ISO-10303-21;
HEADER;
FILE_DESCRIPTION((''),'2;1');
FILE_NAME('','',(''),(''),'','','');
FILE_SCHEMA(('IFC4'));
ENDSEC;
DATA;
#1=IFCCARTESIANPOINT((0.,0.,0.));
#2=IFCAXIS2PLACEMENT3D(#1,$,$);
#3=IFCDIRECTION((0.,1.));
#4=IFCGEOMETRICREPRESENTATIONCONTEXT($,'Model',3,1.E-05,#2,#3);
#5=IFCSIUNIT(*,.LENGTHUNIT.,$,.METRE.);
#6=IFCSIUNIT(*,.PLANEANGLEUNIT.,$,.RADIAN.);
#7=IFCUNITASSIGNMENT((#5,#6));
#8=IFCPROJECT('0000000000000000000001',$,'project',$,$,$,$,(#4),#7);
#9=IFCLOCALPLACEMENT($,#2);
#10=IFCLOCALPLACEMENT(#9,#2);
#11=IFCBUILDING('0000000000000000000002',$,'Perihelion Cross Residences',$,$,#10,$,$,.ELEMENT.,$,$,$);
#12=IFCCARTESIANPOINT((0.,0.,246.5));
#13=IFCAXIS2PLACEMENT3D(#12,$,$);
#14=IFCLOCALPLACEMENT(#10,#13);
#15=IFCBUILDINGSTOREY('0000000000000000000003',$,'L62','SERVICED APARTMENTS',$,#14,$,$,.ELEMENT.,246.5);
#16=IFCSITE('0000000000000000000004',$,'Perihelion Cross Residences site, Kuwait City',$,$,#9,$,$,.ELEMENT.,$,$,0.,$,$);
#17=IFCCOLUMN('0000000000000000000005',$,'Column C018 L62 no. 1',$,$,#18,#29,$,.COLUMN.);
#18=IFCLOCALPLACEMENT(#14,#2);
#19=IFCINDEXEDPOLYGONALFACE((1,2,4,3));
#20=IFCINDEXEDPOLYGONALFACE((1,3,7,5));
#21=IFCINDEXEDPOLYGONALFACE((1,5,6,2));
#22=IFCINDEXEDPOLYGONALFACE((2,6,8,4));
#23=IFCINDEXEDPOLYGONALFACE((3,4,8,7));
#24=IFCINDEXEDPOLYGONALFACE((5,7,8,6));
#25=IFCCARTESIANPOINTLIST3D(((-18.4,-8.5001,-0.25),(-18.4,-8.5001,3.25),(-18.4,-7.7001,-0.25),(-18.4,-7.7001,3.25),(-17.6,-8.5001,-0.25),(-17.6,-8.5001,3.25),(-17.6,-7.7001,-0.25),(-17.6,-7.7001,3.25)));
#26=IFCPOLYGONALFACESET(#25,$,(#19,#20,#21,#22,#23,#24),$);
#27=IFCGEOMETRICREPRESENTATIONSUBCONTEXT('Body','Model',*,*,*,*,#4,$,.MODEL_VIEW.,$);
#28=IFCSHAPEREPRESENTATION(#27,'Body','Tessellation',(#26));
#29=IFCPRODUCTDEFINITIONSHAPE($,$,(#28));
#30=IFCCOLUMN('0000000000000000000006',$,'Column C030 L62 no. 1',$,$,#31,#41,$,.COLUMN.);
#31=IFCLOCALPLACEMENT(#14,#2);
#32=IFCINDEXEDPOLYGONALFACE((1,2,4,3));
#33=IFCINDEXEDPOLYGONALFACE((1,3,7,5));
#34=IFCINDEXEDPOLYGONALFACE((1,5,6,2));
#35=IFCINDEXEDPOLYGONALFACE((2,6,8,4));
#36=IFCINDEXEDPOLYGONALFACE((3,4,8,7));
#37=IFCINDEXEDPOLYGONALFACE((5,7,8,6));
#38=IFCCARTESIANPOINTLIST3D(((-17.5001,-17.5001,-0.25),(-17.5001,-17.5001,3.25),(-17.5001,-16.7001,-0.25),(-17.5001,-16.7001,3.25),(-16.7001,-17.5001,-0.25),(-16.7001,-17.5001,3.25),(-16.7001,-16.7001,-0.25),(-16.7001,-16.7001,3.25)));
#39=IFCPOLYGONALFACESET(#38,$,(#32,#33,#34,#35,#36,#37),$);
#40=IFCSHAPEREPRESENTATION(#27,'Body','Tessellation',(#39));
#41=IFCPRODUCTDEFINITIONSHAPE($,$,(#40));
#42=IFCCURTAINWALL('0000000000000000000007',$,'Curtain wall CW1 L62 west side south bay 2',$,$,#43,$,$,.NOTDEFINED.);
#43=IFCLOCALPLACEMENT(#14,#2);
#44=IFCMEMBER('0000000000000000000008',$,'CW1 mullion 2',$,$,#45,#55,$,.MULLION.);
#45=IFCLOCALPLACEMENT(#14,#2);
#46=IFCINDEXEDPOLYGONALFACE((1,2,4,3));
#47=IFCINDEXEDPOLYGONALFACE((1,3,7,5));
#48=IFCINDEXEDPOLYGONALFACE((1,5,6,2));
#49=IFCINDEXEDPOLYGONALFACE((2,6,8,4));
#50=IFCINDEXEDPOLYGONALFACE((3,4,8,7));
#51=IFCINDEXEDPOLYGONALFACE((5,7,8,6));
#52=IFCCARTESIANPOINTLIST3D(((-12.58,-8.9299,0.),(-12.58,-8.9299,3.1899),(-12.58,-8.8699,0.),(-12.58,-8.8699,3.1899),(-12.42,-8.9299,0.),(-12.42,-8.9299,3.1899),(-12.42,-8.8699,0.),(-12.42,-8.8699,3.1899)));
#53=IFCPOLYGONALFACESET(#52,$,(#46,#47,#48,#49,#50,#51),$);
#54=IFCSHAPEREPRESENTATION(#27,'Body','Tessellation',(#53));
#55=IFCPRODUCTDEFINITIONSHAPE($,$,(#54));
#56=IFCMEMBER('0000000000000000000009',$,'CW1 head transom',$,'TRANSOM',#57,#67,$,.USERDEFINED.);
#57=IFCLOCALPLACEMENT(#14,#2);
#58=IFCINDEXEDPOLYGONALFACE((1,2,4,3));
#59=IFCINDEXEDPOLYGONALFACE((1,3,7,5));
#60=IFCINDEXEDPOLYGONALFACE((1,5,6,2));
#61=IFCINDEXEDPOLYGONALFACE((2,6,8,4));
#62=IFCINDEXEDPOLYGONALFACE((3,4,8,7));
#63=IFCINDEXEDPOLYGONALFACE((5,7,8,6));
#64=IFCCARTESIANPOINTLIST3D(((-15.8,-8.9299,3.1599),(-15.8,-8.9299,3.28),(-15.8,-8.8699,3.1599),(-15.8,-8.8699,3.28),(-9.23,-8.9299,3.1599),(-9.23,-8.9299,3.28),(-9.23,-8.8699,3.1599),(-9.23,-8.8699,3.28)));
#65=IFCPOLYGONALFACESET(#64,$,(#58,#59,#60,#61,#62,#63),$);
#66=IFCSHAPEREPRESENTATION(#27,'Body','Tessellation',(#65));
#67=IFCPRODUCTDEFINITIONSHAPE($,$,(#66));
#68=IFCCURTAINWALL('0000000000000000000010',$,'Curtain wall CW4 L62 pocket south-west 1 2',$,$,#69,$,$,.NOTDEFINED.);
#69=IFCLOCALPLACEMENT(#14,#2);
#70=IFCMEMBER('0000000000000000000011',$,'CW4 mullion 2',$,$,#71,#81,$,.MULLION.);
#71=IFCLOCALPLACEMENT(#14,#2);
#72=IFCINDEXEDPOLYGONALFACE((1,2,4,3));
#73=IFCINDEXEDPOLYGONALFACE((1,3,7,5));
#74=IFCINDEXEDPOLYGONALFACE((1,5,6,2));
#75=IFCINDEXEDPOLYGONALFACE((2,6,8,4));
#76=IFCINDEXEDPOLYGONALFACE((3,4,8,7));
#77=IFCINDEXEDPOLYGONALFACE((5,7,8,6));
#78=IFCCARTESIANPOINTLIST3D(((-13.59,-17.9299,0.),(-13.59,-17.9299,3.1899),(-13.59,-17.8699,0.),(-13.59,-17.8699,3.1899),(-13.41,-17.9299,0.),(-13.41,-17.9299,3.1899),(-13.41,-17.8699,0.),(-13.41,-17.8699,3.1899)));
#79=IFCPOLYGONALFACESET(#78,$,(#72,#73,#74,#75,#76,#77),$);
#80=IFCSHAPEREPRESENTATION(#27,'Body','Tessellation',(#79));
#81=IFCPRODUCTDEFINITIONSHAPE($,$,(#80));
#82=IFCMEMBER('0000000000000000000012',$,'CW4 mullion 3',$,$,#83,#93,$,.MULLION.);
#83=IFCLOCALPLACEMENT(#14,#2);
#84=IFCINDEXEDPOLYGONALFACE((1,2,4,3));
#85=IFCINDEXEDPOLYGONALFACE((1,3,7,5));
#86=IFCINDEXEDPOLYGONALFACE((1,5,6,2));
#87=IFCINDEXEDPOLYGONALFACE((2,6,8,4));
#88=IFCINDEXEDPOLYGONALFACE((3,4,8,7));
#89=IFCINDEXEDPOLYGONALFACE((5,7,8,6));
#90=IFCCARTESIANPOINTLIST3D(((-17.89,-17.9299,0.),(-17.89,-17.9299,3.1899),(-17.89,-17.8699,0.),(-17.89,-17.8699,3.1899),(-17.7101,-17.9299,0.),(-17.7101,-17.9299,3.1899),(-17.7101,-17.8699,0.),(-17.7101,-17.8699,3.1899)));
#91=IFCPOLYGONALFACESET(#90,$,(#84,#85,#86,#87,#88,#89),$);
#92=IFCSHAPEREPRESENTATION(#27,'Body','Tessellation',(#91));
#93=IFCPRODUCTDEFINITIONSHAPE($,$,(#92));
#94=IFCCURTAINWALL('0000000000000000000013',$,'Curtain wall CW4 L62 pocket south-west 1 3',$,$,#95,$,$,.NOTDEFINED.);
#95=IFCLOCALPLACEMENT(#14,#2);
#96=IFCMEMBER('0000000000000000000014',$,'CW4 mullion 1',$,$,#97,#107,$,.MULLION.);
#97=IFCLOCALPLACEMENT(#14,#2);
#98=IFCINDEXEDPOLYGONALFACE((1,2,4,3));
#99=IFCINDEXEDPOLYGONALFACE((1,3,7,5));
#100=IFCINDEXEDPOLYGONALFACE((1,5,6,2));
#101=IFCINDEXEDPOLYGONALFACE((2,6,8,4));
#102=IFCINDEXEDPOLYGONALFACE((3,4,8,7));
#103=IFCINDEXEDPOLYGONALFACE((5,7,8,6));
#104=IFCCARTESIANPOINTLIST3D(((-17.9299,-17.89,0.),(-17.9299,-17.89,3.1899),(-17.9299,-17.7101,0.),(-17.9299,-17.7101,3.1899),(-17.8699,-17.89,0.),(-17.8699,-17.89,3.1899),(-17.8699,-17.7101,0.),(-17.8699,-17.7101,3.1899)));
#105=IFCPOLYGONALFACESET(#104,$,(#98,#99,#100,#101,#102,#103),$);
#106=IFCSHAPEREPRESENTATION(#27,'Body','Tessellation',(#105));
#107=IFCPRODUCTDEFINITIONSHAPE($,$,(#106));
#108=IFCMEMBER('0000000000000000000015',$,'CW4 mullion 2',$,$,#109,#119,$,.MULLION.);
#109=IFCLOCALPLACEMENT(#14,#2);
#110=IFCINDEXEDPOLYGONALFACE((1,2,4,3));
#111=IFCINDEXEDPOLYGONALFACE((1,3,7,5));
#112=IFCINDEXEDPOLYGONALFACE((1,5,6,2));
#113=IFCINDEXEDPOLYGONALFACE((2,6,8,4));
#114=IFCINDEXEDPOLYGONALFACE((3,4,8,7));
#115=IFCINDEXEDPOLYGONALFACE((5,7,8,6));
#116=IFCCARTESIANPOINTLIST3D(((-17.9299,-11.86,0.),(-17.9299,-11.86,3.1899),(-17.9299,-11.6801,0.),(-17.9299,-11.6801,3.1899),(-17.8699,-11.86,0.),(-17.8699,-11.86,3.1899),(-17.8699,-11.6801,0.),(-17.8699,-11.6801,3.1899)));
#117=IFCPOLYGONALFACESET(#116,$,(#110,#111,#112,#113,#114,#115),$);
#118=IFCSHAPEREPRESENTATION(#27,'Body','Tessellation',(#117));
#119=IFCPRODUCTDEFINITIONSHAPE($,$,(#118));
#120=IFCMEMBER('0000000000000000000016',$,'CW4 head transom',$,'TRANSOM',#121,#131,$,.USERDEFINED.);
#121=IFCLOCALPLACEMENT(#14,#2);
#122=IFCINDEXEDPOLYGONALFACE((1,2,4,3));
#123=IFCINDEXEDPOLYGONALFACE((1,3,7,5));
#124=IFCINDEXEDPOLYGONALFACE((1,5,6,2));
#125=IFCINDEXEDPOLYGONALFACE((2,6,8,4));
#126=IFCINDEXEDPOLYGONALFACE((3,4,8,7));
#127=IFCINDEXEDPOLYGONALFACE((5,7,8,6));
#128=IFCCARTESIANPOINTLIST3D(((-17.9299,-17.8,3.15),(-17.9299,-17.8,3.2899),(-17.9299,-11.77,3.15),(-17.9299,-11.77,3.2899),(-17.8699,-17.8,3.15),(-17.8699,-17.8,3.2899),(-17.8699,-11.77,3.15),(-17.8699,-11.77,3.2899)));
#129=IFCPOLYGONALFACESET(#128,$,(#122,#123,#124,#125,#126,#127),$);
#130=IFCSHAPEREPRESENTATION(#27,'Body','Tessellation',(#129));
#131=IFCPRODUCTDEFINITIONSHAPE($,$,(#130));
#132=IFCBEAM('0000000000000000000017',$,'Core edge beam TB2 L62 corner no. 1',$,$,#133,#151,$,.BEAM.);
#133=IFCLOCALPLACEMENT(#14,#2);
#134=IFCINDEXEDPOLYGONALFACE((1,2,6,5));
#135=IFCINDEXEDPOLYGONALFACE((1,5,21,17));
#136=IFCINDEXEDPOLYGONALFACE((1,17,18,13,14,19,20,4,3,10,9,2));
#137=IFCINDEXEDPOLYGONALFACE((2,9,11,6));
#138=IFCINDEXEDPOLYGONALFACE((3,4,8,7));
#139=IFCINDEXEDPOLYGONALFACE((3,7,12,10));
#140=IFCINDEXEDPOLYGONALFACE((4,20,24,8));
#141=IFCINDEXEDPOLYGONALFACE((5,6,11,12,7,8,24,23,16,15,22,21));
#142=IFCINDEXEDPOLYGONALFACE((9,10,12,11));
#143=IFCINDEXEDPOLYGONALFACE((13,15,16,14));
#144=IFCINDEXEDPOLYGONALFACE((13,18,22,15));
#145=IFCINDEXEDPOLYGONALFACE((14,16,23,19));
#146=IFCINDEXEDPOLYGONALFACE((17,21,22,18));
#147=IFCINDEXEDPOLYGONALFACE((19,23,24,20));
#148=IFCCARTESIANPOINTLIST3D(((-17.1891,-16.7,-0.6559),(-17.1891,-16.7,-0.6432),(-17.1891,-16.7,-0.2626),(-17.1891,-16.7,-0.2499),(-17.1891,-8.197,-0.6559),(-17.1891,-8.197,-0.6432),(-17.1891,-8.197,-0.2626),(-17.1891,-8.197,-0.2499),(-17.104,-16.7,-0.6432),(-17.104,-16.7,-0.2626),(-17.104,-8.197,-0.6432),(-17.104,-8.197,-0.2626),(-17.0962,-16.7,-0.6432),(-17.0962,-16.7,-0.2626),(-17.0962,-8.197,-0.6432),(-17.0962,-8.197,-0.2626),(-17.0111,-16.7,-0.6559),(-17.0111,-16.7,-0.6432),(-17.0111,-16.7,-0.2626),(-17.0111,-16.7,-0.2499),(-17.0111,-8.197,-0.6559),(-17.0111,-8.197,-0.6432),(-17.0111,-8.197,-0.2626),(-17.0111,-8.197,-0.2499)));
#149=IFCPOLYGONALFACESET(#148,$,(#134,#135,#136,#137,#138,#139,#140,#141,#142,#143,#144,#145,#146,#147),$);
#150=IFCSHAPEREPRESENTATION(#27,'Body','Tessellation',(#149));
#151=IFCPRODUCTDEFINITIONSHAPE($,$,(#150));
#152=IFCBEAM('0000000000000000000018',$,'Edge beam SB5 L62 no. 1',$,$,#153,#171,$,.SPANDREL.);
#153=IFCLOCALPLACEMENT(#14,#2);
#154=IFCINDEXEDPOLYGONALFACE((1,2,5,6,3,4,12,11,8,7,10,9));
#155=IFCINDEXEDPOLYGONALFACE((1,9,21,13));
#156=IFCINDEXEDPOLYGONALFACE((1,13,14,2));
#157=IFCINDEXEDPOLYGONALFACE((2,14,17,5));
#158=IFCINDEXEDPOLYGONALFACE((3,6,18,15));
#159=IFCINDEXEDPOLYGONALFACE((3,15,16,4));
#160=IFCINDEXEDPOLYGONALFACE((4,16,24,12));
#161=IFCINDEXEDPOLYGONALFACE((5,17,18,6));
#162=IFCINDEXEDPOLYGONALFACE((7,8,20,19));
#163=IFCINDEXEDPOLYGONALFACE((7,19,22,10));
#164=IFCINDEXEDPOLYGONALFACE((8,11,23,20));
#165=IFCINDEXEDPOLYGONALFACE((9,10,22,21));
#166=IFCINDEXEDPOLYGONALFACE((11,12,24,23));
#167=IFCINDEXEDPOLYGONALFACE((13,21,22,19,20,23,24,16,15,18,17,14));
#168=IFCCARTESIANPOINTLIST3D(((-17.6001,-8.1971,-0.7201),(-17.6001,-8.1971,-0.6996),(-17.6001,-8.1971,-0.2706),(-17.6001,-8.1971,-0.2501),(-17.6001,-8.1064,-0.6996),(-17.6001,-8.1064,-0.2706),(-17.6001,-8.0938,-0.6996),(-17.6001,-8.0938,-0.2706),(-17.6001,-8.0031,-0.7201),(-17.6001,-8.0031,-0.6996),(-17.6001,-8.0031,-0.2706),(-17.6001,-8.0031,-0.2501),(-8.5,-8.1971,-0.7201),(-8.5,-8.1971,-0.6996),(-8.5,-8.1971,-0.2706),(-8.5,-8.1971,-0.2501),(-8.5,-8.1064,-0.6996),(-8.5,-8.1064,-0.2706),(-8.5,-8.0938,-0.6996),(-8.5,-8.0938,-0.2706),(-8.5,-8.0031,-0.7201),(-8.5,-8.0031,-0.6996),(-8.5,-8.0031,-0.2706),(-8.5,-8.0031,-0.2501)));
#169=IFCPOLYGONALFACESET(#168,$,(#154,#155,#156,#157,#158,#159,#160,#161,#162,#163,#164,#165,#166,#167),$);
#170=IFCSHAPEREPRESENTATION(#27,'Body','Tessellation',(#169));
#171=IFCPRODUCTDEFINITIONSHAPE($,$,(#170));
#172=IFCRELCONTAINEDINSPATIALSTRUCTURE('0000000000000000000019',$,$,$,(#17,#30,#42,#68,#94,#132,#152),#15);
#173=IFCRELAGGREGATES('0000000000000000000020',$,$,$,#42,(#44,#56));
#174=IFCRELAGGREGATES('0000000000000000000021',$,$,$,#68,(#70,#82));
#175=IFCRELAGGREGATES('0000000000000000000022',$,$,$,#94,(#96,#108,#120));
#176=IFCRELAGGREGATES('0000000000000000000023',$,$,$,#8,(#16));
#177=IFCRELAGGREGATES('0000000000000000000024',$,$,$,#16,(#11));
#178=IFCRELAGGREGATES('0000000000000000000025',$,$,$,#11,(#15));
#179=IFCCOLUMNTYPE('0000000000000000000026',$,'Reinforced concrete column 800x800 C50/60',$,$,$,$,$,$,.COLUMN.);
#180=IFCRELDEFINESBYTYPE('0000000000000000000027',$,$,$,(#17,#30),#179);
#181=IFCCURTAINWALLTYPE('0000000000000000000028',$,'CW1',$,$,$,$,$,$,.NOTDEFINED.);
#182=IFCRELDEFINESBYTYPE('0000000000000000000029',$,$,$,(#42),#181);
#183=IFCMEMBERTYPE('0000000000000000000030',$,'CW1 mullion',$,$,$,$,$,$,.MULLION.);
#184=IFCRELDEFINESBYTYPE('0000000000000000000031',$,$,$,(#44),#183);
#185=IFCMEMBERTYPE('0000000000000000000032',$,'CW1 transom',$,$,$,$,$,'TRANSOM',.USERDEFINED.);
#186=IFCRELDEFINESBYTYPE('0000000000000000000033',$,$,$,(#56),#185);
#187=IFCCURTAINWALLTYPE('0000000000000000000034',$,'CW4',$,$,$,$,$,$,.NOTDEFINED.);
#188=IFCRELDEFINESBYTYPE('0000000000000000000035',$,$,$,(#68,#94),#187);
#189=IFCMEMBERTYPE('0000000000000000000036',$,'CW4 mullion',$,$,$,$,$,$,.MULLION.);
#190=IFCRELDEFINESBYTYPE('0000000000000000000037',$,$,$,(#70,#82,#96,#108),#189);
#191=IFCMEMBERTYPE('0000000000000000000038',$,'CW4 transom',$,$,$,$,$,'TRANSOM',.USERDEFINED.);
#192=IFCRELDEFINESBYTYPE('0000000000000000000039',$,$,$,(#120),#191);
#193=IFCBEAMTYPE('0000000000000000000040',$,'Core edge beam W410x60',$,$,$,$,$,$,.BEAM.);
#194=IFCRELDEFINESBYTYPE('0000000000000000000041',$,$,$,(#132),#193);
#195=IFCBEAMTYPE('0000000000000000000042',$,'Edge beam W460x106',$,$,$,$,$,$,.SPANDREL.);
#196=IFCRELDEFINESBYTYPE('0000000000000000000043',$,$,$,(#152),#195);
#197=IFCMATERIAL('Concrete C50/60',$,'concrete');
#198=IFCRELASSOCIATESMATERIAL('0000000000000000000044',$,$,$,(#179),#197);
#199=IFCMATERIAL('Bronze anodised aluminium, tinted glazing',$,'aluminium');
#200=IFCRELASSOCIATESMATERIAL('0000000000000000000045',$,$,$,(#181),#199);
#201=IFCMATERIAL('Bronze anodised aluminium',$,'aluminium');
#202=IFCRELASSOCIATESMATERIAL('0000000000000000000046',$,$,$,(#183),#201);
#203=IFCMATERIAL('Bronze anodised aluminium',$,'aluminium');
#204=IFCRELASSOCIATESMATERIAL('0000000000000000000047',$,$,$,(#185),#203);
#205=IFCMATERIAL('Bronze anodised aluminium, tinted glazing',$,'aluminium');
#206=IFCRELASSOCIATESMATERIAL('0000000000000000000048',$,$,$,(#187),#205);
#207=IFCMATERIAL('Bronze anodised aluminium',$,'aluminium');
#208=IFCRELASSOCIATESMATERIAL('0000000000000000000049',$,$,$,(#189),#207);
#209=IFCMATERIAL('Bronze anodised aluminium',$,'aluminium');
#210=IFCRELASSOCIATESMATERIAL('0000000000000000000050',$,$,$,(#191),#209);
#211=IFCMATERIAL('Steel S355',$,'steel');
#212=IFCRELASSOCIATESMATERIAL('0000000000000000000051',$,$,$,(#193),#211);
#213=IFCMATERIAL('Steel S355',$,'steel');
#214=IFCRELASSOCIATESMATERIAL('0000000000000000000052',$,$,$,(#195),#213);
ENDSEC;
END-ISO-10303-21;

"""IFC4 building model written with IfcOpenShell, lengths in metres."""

from ifc_helpers import new_model, si_unit, direction, frame, origin, origin_2d, place, context, subcontext, project, spatial, rectangle, i_section, extrude, material, material_profile, profile_set, type_object, element, aggregate, save


model = new_model("IFC4")

# Units and contexts
model_context = context("Model", 3, precision=1e-05, world=origin(), true_north=direction((0.0, 1.0)))
body_context = subcontext(model_context, "Body", "Model", "MODEL_VIEW")
ifc_project = project(units=[si_unit("LENGTHUNIT", "METRE"), si_unit("PLANEANGLEUNIT", "RADIAN")], contexts=[model_context])

# Site, building, storey
site_placement = place(None, origin())
site = spatial("IfcSite", under=ifc_project, at=site_placement, Name="Perihelion Cross Residences site, Kuwait City", CompositionType="ELEMENT", RefElevation=0.0)
building_placement = place(site_placement, origin())
building = spatial("IfcBuilding", under=site, at=building_placement, Name="Perihelion Cross Residences", CompositionType="ELEMENT")
storey_placement = place(building_placement, frame((0.0, 0.0, 246.5)))
storey = spatial("IfcBuildingStorey", under=building, at=storey_placement, Name="L62", Description="SERVICED APARTMENTS", CompositionType="ELEMENT", Elevation=246.5)

# Columns
ifc_material_1 = material(Name="Concrete C50/60", Category="concrete")
ifc_material_profile_1 = material_profile(ifc_material_1, rectangle(XDim=0.8, YDim=0.8, at=origin_2d()), Name="RC 800x800")
ifc_profile_set_1 = profile_set([ifc_material_profile_1], Name="Concrete C50/60")
column_type = type_object("IfcColumnType", Name="Reinforced concrete column 800x800 C50/60", PredefinedType="COLUMN", material=ifc_profile_set_1)
for number, where, z_axis, x_axis, name in (
    (1, (-18.0, -8.1001, -0.25), (0.0, 0.0, 1.0), (1.0, 0.0, 0.0), "Column C018 L62 no. 1"),
    (2, (-17.1001, -17.1001, -0.25), (0.0, 0.0, 1.0), (1.0, 0.0, 0.0), "Column C030 L62 no. 1"),
):
    element("IfcColumn", number, at=place(storey_placement, frame(where, z_axis=z_axis, x_axis=x_axis)), inside=storey, type_object=column_type, Name=name, PredefinedType="COLUMN", context=body_context, shape_type="SweptSolid", body=[
        extrude(rectangle(XDim=0.8, YDim=0.8, at=origin_2d()), origin(), (0.0, 0.0, 1.0), 3.5),
    ])

# Curtain walls, members
ifc_material_2 = material(Name="Bronze anodised aluminium, tinted glazing", Category="aluminium")
curtain_wall_type_1 = type_object("IfcCurtainWallType", Name="CW1", PredefinedType="NOTDEFINED", material=ifc_material_2)
curtain_wall_1_placement = place(storey_placement, origin())
curtain_wall_1 = element("IfcCurtainWall", 3, at=curtain_wall_1_placement, inside=storey, type_object=curtain_wall_type_1, Name="Curtain wall CW1 L62 west side south bay 2", PredefinedType="NOTDEFINED")
ifc_material_3 = material(Name="Bronze anodised aluminium", Category="aluminium")
ifc_material_profile_2 = material_profile(ifc_material_3, rectangle(XDim=0.0601, YDim=0.1599, at=origin_2d()), Name="CW1 mullion")
ifc_profile_set_2 = profile_set([ifc_material_profile_2], Name="Bronze anodised aluminium")
member_type_1 = type_object("IfcMemberType", Name="CW1 mullion", PredefinedType="MULLION", material=ifc_profile_set_2)
member_1_placement = place(storey_placement, frame((-12.5, -8.8999, 0.0), z_axis=(0.0, 0.0, 1.0), x_axis=(0.0, 1.0, 0.0)))
member_1 = element("IfcMember", 4, at=member_1_placement, type_object=member_type_1, Name="CW1 mullion 2", PredefinedType="MULLION", context=body_context, shape_type="SweptSolid", body=[
    extrude(rectangle(XDim=0.0601, YDim=0.1599, at=origin_2d()), origin(), (0.0, 0.0, 1.0), 3.1899),
])
ifc_material_4 = material(Name="Bronze anodised aluminium", Category="aluminium")
ifc_material_profile_3 = material_profile(ifc_material_4, rectangle(XDim=0.0601, YDim=0.1201, at=origin_2d()), Name="CW1 transom")
ifc_profile_set_3 = profile_set([ifc_material_profile_3], Name="Bronze anodised aluminium")
member_type_2 = type_object("IfcMemberType", Name="CW1 transom", ElementType="TRANSOM", PredefinedType="USERDEFINED", material=ifc_profile_set_3)
member_2_placement = place(storey_placement, frame((-15.8, -8.8999, 3.22), z_axis=(1.0, 0.0, 0.0), x_axis=(0.0, 1.0, 0.0)))
member_2 = element("IfcMember", 5, at=member_2_placement, type_object=member_type_2, Name="CW1 head transom", ObjectType="TRANSOM", PredefinedType="USERDEFINED", context=body_context, shape_type="SweptSolid", body=[
    extrude(rectangle(XDim=0.0601, YDim=0.1201, at=origin_2d()), origin(), (0.0, 0.0, 1.0), 6.5701),
])
ifc_material_5 = material(Name="Bronze anodised aluminium, tinted glazing", Category="aluminium")
curtain_wall_type_2 = type_object("IfcCurtainWallType", Name="CW4", PredefinedType="NOTDEFINED", material=ifc_material_5)
curtain_wall_2_placement = place(storey_placement, origin())
curtain_wall_2 = element("IfcCurtainWall", 6, at=curtain_wall_2_placement, inside=storey, type_object=curtain_wall_type_2, Name="Curtain wall CW4 L62 pocket south-west 1 2", PredefinedType="NOTDEFINED")
ifc_material_6 = material(Name="Bronze anodised aluminium", Category="aluminium")
ifc_material_profile_4 = material_profile(ifc_material_6, rectangle(XDim=0.0601, YDim=0.1799, at=origin_2d()), Name="CW4 mullion")
ifc_profile_set_4 = profile_set([ifc_material_profile_4], Name="Bronze anodised aluminium")
member_type_3 = type_object("IfcMemberType", Name="CW4 mullion", PredefinedType="MULLION", material=ifc_profile_set_4)
member_3_placement = place(storey_placement, frame((-13.5, -17.8999, 0.0), z_axis=(0.0, 0.0, 1.0), x_axis=(0.0, -1.0, 0.0)))
member_3 = element("IfcMember", 7, at=member_3_placement, type_object=member_type_3, Name="CW4 mullion 2", PredefinedType="MULLION", context=body_context, shape_type="SweptSolid", body=[
    extrude(rectangle(XDim=0.0601, YDim=0.1799, at=origin_2d()), origin(), (0.0, 0.0, 1.0), 3.1899),
])
member_4_placement = place(storey_placement, frame((-17.8, -17.8999, 0.0), z_axis=(0.0, 0.0, 1.0), x_axis=(0.0, -1.0, 0.0)))
member_4 = element("IfcMember", 8, at=member_4_placement, type_object=member_type_3, Name="CW4 mullion 3", PredefinedType="MULLION", context=body_context, shape_type="SweptSolid", body=[
    extrude(rectangle(XDim=0.0601, YDim=0.1799, at=origin_2d()), origin(), (0.0, 0.0, 1.0), 3.1899),
])
curtain_wall_3_placement = place(storey_placement, origin())
curtain_wall_3 = element("IfcCurtainWall", 9, at=curtain_wall_3_placement, inside=storey, type_object=curtain_wall_type_2, Name="Curtain wall CW4 L62 pocket south-west 1 3", PredefinedType="NOTDEFINED")
member_5_placement = place(storey_placement, frame((-17.8999, -17.8, 0.0), z_axis=(0.0, 0.0, 1.0), x_axis=(-1.0, 0.0, 0.0)))
member_5 = element("IfcMember", 10, at=member_5_placement, type_object=member_type_3, Name="CW4 mullion 1", PredefinedType="MULLION", context=body_context, shape_type="SweptSolid", body=[
    extrude(rectangle(XDim=0.0601, YDim=0.1799, at=origin_2d()), origin(), (0.0, 0.0, 1.0), 3.1899),
])
member_6_placement = place(storey_placement, frame((-17.8999, -11.77, 0.0), z_axis=(0.0, 0.0, 1.0), x_axis=(-1.0, 0.0, 0.0)))
member_6 = element("IfcMember", 11, at=member_6_placement, type_object=member_type_3, Name="CW4 mullion 2", PredefinedType="MULLION", context=body_context, shape_type="SweptSolid", body=[
    extrude(rectangle(XDim=0.0601, YDim=0.1799, at=origin_2d()), origin(), (0.0, 0.0, 1.0), 3.1899),
])
ifc_material_7 = material(Name="Bronze anodised aluminium", Category="aluminium")
ifc_material_profile_5 = material_profile(ifc_material_7, rectangle(XDim=0.0601, YDim=0.1399, at=origin_2d()), Name="CW4 transom")
ifc_profile_set_5 = profile_set([ifc_material_profile_5], Name="Bronze anodised aluminium")
member_type_4 = type_object("IfcMemberType", Name="CW4 transom", ElementType="TRANSOM", PredefinedType="USERDEFINED", material=ifc_profile_set_5)
member_7_placement = place(storey_placement, frame((-17.8999, -17.8, 3.22), z_axis=(0.0, 1.0, 0.0), x_axis=(-1.0, 0.0, 0.0)))
member_7 = element("IfcMember", 12, at=member_7_placement, type_object=member_type_4, Name="CW4 head transom", ObjectType="TRANSOM", PredefinedType="USERDEFINED", context=body_context, shape_type="SweptSolid", body=[
    extrude(rectangle(XDim=0.0601, YDim=0.1399, at=origin_2d()), origin(), (0.0, 0.0, 1.0), 6.03),
])

# Beams
ifc_material_8 = material(Name="Steel S355", Category="steel")
ifc_material_profile_6 = material_profile(ifc_material_8, i_section(OverallWidth=0.178, OverallDepth=0.406, WebThickness=0.0078, FlangeThickness=0.0127, at=origin_2d()), Name="W410x60")
ifc_profile_set_6 = profile_set([ifc_material_profile_6], Name="Steel S355")
beam_type_1 = type_object("IfcBeamType", Name="Core edge beam W410x60", PredefinedType="BEAM", material=ifc_profile_set_6)
beam_1_placement = place(storey_placement, frame((-17.1001, -8.197, -0.4529), z_axis=(0.0, -1.0, 0.0), x_axis=(1.0, 0.0, 0.0)))
element("IfcBeam", 13, at=beam_1_placement, inside=storey, type_object=beam_type_1, Name="Core edge beam TB2 L62 corner no. 1", PredefinedType="BEAM", context=body_context, shape_type="SweptSolid", body=[
    extrude(i_section(OverallWidth=0.178, OverallDepth=0.406, WebThickness=0.0078, FlangeThickness=0.0127, at=origin_2d()), origin(), (0.0, 0.0, 1.0), 8.5029),
])
ifc_material_9 = material(Name="Steel S355", Category="steel")
ifc_material_profile_7 = material_profile(ifc_material_9, i_section(OverallWidth=0.1941, OverallDepth=0.47, WebThickness=0.0127, FlangeThickness=0.0205, at=origin_2d()), Name="W460x106")
ifc_profile_set_7 = profile_set([ifc_material_profile_7], Name="Steel S355")
beam_type_2 = type_object("IfcBeamType", Name="Edge beam W460x106", PredefinedType="SPANDREL", material=ifc_profile_set_7)
beam_2_placement = place(storey_placement, frame((-17.6001, -8.1001, -0.4851), z_axis=(1.0, 0.0, 0.0), x_axis=(0.0, 1.0, 0.0)))
element("IfcBeam", 14, at=beam_2_placement, inside=storey, type_object=beam_type_2, Name="Edge beam SB5 L62 no. 1", PredefinedType="SPANDREL", context=body_context, shape_type="SweptSolid", body=[
    extrude(i_section(OverallWidth=0.1941, OverallDepth=0.47, WebThickness=0.0127, FlangeThickness=0.0205, at=origin_2d()), origin(), (0.0, 0.0, 1.0), 9.1001),
])

aggregate(curtain_wall_1, [member_1, member_2])
aggregate(curtain_wall_2, [member_3, member_4])
aggregate(curtain_wall_3, [member_5, member_6, member_7])

save(model, "model.ifc")
